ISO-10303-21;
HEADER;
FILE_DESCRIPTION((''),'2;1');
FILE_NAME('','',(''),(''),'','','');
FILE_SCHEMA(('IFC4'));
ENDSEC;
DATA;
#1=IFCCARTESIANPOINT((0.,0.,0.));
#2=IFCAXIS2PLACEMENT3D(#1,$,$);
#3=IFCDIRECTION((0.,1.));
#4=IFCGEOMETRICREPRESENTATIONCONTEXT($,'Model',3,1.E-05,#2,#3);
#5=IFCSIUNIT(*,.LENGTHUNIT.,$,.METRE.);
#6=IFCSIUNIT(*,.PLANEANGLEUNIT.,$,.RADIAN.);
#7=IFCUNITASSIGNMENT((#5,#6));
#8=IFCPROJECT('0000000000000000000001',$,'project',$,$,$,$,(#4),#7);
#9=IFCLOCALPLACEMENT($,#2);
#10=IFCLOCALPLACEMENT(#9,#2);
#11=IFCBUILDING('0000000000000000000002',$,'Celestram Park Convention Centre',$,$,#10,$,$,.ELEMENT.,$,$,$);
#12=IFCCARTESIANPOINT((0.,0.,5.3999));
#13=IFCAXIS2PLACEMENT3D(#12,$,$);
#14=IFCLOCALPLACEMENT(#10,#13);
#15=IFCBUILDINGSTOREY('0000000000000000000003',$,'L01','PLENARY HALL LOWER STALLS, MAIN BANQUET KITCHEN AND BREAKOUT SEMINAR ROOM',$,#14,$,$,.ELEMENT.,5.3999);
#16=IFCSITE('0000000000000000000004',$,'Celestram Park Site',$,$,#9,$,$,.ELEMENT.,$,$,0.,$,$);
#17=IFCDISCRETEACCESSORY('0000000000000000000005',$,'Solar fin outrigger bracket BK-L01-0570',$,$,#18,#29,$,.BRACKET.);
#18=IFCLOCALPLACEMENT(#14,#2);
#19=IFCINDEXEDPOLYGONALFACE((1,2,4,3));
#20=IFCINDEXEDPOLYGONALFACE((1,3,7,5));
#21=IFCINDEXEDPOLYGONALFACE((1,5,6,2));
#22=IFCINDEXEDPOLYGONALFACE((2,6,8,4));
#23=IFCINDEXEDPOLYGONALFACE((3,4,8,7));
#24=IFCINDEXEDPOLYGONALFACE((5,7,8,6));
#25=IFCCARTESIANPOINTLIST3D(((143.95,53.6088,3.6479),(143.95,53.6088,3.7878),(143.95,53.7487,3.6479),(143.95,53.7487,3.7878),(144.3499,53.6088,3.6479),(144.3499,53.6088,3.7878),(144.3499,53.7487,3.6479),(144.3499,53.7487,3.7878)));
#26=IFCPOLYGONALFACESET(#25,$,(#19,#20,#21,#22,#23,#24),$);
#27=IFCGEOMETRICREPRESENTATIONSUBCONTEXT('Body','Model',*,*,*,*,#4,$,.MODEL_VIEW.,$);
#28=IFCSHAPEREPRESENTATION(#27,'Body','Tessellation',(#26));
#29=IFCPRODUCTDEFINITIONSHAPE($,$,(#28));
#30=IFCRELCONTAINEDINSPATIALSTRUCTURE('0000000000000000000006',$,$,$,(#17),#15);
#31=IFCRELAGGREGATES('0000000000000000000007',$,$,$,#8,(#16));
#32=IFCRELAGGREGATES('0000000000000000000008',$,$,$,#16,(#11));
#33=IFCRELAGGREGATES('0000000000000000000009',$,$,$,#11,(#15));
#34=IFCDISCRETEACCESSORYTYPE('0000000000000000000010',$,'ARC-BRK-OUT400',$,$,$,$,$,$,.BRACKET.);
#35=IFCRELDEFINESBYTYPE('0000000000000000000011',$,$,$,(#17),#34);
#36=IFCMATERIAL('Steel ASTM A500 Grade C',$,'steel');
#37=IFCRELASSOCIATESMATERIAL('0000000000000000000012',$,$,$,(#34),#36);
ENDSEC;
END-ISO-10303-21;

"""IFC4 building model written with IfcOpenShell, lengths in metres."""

from ifc_helpers import new_model, si_unit, direction, frame, origin, origin_2d, place, context, subcontext, project, spatial, rectangle, extrude, material, type_object, element, save


model = new_model("IFC4")

# Units and contexts
model_context = context("Model", 3, precision=1e-05, world=origin(), true_north=direction((0.0, 1.0)))
body_context = subcontext(model_context, "Body", "Model", "MODEL_VIEW")
ifc_project = project(units=[si_unit("LENGTHUNIT", "METRE"), si_unit("PLANEANGLEUNIT", "RADIAN")], contexts=[model_context])

# Site, building, storey
site_placement = place(None, origin())
site = spatial("IfcSite", under=ifc_project, at=site_placement, Name="Celestram Park Site", CompositionType="ELEMENT", RefElevation=0.0)
building_placement = place(site_placement, origin())
building = spatial("IfcBuilding", under=site, at=building_placement, Name="Celestram Park Convention Centre", CompositionType="ELEMENT")
storey_placement = place(building_placement, frame((0.0, 0.0, 5.3999)))
storey = spatial("IfcBuildingStorey", under=building, at=storey_placement, Name="L01", Description="PLENARY HALL LOWER STALLS, MAIN BANQUET KITCHEN AND BREAKOUT SEMINAR ROOM", CompositionType="ELEMENT", Elevation=5.3999)

# Shared definitions
ifc_material_1 = material(Name="Steel ASTM A500 Grade C", Category="steel")

# Discrete accessory
discrete_accessory_type = type_object("IfcDiscreteAccessoryType", Name="ARC-BRK-OUT400", PredefinedType="BRACKET", material=ifc_material_1)
for number, where, z_axis, x_axis, name in (
    (1, (144.1499, 53.6787, 3.6479), (0.0, 0.0, 1.0), (1.0, 0.0, 0.0), "Solar fin outrigger bracket BK-L01-0570"),
):
    element("IfcDiscreteAccessory", number, at=place(storey_placement, frame(where, z_axis=z_axis, x_axis=x_axis)), inside=storey, type_object=discrete_accessory_type, Name=name, PredefinedType="BRACKET", context=body_context, shape_type="SweptSolid", body=[
        extrude(rectangle(XDim=0.3999, YDim=0.1399, at=origin_2d()), origin(), (0.0, 0.0, 1.0), 0.1399),
    ])

save(model, "model.ifc")
